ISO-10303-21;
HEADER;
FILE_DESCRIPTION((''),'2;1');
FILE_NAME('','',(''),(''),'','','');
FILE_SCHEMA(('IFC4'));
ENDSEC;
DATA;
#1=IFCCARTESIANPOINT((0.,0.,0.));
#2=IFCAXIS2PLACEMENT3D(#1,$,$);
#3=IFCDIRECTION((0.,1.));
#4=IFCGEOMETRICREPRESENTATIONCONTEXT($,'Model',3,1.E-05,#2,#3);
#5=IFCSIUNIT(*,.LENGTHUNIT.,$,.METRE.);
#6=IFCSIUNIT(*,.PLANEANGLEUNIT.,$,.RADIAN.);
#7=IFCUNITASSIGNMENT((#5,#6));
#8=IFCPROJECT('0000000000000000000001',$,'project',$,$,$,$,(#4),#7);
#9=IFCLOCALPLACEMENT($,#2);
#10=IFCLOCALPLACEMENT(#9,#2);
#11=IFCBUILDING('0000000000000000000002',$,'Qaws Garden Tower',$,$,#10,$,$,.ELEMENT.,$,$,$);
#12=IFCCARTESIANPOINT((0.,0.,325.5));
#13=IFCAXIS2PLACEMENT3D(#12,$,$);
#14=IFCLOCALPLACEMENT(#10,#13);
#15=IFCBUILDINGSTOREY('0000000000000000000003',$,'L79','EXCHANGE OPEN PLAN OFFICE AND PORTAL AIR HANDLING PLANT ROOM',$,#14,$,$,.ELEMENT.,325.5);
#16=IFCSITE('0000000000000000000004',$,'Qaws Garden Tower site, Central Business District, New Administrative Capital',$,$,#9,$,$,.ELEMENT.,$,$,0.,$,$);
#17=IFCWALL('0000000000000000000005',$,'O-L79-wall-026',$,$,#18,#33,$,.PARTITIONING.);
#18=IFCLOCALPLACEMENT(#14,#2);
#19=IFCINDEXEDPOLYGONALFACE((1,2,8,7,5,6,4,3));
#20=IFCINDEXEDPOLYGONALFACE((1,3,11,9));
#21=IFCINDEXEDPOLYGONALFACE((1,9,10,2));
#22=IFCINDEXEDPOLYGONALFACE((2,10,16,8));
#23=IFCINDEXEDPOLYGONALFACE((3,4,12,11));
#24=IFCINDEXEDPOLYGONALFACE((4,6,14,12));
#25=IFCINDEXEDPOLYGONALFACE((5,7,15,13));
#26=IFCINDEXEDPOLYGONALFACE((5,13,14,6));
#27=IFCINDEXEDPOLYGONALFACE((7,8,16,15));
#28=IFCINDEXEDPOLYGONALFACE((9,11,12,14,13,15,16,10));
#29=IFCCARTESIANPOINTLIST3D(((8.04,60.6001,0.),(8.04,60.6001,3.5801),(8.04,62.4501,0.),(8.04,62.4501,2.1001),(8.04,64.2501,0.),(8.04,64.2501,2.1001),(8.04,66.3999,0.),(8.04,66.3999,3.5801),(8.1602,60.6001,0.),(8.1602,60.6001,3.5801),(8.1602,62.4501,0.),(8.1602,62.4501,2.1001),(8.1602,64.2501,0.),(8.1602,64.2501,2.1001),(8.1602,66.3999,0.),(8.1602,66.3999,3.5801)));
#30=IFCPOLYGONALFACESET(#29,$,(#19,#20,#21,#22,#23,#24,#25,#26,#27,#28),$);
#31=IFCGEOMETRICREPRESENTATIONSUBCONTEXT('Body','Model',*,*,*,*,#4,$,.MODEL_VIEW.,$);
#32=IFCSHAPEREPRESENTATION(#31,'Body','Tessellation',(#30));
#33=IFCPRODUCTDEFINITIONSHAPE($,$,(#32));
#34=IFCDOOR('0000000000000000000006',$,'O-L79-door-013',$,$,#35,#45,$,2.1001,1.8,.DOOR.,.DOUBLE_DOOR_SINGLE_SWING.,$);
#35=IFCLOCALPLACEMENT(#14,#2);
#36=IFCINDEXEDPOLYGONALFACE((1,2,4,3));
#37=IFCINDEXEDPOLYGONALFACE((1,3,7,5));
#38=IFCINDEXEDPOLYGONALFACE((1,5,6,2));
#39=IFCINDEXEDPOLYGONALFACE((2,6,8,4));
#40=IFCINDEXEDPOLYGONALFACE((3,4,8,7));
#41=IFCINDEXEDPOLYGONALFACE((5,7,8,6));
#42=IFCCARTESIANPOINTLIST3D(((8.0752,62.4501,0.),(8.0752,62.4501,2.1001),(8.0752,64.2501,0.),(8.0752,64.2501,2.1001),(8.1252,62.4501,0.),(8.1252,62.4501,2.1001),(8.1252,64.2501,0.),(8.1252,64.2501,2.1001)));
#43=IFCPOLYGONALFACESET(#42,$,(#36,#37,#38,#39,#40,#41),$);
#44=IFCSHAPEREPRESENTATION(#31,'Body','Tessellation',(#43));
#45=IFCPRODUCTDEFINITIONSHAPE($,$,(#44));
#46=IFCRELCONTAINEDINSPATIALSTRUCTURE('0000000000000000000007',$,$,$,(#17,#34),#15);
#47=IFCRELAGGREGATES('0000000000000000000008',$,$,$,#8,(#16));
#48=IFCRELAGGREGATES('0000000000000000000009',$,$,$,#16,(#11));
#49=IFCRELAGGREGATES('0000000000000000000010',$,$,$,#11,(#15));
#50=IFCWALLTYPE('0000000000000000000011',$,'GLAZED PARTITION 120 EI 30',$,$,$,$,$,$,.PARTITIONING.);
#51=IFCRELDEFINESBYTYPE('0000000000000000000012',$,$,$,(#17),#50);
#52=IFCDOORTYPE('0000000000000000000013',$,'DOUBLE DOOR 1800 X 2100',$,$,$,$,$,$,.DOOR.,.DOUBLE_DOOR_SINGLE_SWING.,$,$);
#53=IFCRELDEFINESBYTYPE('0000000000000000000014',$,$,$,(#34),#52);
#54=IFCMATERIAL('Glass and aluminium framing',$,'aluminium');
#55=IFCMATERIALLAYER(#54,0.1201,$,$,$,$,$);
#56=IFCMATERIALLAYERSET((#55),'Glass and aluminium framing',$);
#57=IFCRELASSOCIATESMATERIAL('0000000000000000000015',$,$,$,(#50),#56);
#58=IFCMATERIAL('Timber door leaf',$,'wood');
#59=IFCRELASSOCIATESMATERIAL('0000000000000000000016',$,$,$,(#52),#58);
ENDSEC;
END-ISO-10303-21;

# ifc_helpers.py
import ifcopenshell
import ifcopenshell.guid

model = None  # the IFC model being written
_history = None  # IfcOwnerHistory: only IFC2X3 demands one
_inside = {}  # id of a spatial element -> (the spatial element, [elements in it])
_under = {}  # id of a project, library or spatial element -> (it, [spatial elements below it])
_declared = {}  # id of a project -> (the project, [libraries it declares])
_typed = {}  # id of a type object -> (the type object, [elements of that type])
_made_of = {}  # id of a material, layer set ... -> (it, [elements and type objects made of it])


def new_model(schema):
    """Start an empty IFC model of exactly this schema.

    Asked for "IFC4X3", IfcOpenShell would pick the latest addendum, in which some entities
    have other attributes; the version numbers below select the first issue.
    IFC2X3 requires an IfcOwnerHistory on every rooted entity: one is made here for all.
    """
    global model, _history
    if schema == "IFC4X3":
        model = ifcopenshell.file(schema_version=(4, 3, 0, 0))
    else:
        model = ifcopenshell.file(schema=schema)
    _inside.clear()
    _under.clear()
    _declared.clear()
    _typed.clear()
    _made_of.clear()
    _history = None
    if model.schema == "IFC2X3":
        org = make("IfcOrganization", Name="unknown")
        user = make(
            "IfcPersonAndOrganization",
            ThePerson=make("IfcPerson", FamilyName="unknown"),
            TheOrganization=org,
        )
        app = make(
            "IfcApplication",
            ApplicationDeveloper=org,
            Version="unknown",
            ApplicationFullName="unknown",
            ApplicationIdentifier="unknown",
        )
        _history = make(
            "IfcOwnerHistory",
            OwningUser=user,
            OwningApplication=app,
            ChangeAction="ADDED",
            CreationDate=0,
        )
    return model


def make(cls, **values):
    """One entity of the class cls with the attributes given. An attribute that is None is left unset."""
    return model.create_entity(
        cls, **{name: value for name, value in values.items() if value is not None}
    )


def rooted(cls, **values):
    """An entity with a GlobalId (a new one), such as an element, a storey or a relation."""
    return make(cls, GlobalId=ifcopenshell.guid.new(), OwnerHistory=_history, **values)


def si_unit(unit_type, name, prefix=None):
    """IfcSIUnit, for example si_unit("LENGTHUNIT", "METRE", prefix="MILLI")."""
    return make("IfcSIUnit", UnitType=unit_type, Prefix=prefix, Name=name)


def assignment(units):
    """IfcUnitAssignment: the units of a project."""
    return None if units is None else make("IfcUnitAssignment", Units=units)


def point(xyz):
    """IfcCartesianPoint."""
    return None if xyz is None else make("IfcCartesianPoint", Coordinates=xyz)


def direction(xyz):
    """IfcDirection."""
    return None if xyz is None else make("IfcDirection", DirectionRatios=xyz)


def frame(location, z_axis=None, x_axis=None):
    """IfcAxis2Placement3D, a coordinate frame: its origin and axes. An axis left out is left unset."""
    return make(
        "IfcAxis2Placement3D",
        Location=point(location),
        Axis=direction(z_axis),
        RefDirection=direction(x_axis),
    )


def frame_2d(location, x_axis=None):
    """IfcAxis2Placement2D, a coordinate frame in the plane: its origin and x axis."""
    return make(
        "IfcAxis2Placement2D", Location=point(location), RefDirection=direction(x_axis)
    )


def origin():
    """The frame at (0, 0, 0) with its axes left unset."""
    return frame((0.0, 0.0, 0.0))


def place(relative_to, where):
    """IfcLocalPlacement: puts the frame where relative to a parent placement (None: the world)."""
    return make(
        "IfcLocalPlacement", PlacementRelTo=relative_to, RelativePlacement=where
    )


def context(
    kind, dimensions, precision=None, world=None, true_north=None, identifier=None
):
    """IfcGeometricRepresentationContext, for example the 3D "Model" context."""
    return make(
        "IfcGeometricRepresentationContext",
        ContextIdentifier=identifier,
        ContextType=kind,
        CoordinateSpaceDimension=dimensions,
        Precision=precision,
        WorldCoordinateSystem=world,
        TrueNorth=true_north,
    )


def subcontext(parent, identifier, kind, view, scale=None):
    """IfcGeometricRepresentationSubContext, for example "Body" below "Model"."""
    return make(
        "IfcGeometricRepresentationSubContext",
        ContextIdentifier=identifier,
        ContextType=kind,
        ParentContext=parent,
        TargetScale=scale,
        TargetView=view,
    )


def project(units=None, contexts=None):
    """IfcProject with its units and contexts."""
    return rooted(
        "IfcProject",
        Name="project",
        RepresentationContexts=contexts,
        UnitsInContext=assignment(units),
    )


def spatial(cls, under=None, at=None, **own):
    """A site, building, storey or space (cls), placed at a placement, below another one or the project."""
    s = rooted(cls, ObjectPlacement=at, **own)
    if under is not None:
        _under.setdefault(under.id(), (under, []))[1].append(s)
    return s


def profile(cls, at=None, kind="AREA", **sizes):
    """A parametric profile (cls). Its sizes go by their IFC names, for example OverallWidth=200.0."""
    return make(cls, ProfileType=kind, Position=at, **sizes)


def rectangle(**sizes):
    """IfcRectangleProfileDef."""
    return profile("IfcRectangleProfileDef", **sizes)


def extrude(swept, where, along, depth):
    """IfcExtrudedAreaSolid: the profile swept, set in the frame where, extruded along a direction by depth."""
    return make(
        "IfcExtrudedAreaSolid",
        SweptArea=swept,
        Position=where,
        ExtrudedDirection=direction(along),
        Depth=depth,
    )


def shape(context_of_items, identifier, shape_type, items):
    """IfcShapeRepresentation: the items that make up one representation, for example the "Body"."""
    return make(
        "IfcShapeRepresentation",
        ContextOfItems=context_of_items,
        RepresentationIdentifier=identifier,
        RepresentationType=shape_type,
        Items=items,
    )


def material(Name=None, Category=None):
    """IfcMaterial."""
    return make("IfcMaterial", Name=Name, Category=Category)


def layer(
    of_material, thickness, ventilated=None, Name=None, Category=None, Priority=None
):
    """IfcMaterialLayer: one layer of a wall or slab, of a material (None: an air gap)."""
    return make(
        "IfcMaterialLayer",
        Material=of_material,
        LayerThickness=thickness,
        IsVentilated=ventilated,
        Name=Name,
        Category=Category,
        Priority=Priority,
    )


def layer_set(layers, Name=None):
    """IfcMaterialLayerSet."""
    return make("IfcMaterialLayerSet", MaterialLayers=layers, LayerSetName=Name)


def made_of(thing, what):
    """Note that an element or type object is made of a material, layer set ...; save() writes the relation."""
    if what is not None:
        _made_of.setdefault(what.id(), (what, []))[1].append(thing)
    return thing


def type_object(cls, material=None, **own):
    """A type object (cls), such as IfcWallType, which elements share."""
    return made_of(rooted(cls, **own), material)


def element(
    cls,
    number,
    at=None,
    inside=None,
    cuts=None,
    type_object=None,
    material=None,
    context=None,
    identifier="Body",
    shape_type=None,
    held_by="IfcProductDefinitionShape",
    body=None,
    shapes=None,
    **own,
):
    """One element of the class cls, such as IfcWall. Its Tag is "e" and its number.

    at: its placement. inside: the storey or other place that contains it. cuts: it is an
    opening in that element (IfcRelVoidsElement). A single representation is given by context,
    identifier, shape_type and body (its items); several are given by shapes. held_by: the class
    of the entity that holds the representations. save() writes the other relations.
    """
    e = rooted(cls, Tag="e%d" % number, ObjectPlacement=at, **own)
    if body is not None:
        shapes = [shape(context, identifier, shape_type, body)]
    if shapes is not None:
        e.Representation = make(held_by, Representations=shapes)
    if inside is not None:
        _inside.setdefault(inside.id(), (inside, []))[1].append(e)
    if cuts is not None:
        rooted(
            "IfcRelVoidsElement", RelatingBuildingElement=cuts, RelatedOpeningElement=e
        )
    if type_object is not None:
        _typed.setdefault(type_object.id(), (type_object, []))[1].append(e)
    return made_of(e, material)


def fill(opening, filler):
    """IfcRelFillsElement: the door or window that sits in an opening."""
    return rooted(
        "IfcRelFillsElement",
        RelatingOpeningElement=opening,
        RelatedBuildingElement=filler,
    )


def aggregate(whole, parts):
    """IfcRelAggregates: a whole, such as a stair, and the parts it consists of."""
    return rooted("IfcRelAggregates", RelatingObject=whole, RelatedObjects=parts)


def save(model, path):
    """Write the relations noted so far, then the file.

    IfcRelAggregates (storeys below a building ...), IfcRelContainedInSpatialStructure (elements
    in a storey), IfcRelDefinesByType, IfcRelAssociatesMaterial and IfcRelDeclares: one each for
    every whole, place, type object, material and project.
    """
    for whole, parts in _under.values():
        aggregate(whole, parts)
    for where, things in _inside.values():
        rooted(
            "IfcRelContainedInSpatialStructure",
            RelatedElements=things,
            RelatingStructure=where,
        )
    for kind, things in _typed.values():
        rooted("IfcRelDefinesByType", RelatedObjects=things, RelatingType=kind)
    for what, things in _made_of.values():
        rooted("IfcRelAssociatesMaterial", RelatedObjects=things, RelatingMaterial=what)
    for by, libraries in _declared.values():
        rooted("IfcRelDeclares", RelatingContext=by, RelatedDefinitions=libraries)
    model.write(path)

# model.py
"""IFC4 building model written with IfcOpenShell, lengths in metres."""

from ifc_helpers import new_model, si_unit, direction, frame, frame_2d, origin, place, context, subcontext, project, spatial, rectangle, extrude, material, layer, layer_set, type_object, element, fill, save


model = new_model("IFC4")

# Units and contexts
model_context = context("Model", 3, precision=1e-05, world=origin(), true_north=direction((0.0, 1.0)))
body_context = subcontext(model_context, "Body", "Model", "MODEL_VIEW")
ifc_project = project(units=[si_unit("LENGTHUNIT", "METRE"), si_unit("PLANEANGLEUNIT", "RADIAN")], contexts=[model_context])

# Site, building, storey
site_placement = place(None, origin())
site = spatial("IfcSite", under=ifc_project, at=site_placement, Name="Qaws Garden Tower site, Central Business District, New Administrative Capital", CompositionType="ELEMENT", RefElevation=0.0)
building_placement = place(site_placement, origin())
building = spatial("IfcBuilding", under=site, at=building_placement, Name="Qaws Garden Tower", CompositionType="ELEMENT")
storey_placement = place(building_placement, frame((0.0, 0.0, 325.5)))
storey = spatial("IfcBuildingStorey", under=building, at=storey_placement, Name="L79", Description="EXCHANGE OPEN PLAN OFFICE AND PORTAL AIR HANDLING PLANT ROOM", CompositionType="ELEMENT", Elevation=325.5)

# Wall, opening, door
ifc_material_1 = material(Name="Glass and aluminium framing", Category="aluminium")
ifc_layer_1 = layer(ifc_material_1, 0.1201)
ifc_layer_set_1 = layer_set([ifc_layer_1], Name="Glass and aluminium framing")
wall_type_1 = type_object("IfcWallType", Name="GLAZED PARTITION 120 EI 30", PredefinedType="PARTITIONING", material=ifc_layer_set_1)
wall_1_placement = place(storey_placement, frame((8.1001, 60.6001, 0.0), z_axis=(0.0, 0.0, 1.0), x_axis=(0.0, 1.0, 0.0)))
wall_1 = element("IfcWall", 1, at=wall_1_placement, inside=storey, type_object=wall_type_1, Name="O-L79-wall-026", PredefinedType="PARTITIONING", context=body_context, shape_type="SweptSolid", body=[
    extrude(rectangle(XDim=5.7998, YDim=0.1201, at=frame_2d((2.8999, 0.0))), origin(), (0.0, 0.0, 1.0), 3.5801),
])
opening_1_placement = place(wall_1_placement, frame((1.8501, 0.0, 0.0)))
opening_1 = element("IfcOpeningElement", 2, at=opening_1_placement, cuts=wall_1, PredefinedType="OPENING", context=body_context, shape_type="SweptSolid", body=[
    extrude(rectangle(XDim=1.8, YDim=2.1001, at=frame_2d((0.8999, 1.05))), frame((0.0, 0.0701, 0.0), z_axis=(0.0, -1.0, 0.0), x_axis=(1.0, 0.0, 0.0)), (0.0, 0.0, 1.0), 0.1401),
])
ifc_material_2 = material(Name="Timber door leaf", Category="wood")
door_type = type_object("IfcDoorType", Name="DOUBLE DOOR 1800 X 2100", OperationType="DOUBLE_DOOR_SINGLE_SWING", PredefinedType="DOOR", material=ifc_material_2)
door_placement = place(opening_1_placement, origin())
door = element("IfcDoor", 3, at=door_placement, inside=storey, type_object=door_type, Name="O-L79-door-013", OperationType="DOUBLE_DOOR_SINGLE_SWING", OverallHeight=2.1001, OverallWidth=1.8, PredefinedType="DOOR", context=body_context, shape_type="SweptSolid", body=[
    extrude(rectangle(XDim=1.8, YDim=2.1001, at=frame_2d((0.8999, 1.05))), frame((0.0, 0.0249, 0.0), z_axis=(0.0, -1.0, 0.0), x_axis=(1.0, 0.0, 0.0)), (0.0, 0.0, 1.0), 0.05),
])
fill(opening_1, door)

save(model, "model.ifc")
